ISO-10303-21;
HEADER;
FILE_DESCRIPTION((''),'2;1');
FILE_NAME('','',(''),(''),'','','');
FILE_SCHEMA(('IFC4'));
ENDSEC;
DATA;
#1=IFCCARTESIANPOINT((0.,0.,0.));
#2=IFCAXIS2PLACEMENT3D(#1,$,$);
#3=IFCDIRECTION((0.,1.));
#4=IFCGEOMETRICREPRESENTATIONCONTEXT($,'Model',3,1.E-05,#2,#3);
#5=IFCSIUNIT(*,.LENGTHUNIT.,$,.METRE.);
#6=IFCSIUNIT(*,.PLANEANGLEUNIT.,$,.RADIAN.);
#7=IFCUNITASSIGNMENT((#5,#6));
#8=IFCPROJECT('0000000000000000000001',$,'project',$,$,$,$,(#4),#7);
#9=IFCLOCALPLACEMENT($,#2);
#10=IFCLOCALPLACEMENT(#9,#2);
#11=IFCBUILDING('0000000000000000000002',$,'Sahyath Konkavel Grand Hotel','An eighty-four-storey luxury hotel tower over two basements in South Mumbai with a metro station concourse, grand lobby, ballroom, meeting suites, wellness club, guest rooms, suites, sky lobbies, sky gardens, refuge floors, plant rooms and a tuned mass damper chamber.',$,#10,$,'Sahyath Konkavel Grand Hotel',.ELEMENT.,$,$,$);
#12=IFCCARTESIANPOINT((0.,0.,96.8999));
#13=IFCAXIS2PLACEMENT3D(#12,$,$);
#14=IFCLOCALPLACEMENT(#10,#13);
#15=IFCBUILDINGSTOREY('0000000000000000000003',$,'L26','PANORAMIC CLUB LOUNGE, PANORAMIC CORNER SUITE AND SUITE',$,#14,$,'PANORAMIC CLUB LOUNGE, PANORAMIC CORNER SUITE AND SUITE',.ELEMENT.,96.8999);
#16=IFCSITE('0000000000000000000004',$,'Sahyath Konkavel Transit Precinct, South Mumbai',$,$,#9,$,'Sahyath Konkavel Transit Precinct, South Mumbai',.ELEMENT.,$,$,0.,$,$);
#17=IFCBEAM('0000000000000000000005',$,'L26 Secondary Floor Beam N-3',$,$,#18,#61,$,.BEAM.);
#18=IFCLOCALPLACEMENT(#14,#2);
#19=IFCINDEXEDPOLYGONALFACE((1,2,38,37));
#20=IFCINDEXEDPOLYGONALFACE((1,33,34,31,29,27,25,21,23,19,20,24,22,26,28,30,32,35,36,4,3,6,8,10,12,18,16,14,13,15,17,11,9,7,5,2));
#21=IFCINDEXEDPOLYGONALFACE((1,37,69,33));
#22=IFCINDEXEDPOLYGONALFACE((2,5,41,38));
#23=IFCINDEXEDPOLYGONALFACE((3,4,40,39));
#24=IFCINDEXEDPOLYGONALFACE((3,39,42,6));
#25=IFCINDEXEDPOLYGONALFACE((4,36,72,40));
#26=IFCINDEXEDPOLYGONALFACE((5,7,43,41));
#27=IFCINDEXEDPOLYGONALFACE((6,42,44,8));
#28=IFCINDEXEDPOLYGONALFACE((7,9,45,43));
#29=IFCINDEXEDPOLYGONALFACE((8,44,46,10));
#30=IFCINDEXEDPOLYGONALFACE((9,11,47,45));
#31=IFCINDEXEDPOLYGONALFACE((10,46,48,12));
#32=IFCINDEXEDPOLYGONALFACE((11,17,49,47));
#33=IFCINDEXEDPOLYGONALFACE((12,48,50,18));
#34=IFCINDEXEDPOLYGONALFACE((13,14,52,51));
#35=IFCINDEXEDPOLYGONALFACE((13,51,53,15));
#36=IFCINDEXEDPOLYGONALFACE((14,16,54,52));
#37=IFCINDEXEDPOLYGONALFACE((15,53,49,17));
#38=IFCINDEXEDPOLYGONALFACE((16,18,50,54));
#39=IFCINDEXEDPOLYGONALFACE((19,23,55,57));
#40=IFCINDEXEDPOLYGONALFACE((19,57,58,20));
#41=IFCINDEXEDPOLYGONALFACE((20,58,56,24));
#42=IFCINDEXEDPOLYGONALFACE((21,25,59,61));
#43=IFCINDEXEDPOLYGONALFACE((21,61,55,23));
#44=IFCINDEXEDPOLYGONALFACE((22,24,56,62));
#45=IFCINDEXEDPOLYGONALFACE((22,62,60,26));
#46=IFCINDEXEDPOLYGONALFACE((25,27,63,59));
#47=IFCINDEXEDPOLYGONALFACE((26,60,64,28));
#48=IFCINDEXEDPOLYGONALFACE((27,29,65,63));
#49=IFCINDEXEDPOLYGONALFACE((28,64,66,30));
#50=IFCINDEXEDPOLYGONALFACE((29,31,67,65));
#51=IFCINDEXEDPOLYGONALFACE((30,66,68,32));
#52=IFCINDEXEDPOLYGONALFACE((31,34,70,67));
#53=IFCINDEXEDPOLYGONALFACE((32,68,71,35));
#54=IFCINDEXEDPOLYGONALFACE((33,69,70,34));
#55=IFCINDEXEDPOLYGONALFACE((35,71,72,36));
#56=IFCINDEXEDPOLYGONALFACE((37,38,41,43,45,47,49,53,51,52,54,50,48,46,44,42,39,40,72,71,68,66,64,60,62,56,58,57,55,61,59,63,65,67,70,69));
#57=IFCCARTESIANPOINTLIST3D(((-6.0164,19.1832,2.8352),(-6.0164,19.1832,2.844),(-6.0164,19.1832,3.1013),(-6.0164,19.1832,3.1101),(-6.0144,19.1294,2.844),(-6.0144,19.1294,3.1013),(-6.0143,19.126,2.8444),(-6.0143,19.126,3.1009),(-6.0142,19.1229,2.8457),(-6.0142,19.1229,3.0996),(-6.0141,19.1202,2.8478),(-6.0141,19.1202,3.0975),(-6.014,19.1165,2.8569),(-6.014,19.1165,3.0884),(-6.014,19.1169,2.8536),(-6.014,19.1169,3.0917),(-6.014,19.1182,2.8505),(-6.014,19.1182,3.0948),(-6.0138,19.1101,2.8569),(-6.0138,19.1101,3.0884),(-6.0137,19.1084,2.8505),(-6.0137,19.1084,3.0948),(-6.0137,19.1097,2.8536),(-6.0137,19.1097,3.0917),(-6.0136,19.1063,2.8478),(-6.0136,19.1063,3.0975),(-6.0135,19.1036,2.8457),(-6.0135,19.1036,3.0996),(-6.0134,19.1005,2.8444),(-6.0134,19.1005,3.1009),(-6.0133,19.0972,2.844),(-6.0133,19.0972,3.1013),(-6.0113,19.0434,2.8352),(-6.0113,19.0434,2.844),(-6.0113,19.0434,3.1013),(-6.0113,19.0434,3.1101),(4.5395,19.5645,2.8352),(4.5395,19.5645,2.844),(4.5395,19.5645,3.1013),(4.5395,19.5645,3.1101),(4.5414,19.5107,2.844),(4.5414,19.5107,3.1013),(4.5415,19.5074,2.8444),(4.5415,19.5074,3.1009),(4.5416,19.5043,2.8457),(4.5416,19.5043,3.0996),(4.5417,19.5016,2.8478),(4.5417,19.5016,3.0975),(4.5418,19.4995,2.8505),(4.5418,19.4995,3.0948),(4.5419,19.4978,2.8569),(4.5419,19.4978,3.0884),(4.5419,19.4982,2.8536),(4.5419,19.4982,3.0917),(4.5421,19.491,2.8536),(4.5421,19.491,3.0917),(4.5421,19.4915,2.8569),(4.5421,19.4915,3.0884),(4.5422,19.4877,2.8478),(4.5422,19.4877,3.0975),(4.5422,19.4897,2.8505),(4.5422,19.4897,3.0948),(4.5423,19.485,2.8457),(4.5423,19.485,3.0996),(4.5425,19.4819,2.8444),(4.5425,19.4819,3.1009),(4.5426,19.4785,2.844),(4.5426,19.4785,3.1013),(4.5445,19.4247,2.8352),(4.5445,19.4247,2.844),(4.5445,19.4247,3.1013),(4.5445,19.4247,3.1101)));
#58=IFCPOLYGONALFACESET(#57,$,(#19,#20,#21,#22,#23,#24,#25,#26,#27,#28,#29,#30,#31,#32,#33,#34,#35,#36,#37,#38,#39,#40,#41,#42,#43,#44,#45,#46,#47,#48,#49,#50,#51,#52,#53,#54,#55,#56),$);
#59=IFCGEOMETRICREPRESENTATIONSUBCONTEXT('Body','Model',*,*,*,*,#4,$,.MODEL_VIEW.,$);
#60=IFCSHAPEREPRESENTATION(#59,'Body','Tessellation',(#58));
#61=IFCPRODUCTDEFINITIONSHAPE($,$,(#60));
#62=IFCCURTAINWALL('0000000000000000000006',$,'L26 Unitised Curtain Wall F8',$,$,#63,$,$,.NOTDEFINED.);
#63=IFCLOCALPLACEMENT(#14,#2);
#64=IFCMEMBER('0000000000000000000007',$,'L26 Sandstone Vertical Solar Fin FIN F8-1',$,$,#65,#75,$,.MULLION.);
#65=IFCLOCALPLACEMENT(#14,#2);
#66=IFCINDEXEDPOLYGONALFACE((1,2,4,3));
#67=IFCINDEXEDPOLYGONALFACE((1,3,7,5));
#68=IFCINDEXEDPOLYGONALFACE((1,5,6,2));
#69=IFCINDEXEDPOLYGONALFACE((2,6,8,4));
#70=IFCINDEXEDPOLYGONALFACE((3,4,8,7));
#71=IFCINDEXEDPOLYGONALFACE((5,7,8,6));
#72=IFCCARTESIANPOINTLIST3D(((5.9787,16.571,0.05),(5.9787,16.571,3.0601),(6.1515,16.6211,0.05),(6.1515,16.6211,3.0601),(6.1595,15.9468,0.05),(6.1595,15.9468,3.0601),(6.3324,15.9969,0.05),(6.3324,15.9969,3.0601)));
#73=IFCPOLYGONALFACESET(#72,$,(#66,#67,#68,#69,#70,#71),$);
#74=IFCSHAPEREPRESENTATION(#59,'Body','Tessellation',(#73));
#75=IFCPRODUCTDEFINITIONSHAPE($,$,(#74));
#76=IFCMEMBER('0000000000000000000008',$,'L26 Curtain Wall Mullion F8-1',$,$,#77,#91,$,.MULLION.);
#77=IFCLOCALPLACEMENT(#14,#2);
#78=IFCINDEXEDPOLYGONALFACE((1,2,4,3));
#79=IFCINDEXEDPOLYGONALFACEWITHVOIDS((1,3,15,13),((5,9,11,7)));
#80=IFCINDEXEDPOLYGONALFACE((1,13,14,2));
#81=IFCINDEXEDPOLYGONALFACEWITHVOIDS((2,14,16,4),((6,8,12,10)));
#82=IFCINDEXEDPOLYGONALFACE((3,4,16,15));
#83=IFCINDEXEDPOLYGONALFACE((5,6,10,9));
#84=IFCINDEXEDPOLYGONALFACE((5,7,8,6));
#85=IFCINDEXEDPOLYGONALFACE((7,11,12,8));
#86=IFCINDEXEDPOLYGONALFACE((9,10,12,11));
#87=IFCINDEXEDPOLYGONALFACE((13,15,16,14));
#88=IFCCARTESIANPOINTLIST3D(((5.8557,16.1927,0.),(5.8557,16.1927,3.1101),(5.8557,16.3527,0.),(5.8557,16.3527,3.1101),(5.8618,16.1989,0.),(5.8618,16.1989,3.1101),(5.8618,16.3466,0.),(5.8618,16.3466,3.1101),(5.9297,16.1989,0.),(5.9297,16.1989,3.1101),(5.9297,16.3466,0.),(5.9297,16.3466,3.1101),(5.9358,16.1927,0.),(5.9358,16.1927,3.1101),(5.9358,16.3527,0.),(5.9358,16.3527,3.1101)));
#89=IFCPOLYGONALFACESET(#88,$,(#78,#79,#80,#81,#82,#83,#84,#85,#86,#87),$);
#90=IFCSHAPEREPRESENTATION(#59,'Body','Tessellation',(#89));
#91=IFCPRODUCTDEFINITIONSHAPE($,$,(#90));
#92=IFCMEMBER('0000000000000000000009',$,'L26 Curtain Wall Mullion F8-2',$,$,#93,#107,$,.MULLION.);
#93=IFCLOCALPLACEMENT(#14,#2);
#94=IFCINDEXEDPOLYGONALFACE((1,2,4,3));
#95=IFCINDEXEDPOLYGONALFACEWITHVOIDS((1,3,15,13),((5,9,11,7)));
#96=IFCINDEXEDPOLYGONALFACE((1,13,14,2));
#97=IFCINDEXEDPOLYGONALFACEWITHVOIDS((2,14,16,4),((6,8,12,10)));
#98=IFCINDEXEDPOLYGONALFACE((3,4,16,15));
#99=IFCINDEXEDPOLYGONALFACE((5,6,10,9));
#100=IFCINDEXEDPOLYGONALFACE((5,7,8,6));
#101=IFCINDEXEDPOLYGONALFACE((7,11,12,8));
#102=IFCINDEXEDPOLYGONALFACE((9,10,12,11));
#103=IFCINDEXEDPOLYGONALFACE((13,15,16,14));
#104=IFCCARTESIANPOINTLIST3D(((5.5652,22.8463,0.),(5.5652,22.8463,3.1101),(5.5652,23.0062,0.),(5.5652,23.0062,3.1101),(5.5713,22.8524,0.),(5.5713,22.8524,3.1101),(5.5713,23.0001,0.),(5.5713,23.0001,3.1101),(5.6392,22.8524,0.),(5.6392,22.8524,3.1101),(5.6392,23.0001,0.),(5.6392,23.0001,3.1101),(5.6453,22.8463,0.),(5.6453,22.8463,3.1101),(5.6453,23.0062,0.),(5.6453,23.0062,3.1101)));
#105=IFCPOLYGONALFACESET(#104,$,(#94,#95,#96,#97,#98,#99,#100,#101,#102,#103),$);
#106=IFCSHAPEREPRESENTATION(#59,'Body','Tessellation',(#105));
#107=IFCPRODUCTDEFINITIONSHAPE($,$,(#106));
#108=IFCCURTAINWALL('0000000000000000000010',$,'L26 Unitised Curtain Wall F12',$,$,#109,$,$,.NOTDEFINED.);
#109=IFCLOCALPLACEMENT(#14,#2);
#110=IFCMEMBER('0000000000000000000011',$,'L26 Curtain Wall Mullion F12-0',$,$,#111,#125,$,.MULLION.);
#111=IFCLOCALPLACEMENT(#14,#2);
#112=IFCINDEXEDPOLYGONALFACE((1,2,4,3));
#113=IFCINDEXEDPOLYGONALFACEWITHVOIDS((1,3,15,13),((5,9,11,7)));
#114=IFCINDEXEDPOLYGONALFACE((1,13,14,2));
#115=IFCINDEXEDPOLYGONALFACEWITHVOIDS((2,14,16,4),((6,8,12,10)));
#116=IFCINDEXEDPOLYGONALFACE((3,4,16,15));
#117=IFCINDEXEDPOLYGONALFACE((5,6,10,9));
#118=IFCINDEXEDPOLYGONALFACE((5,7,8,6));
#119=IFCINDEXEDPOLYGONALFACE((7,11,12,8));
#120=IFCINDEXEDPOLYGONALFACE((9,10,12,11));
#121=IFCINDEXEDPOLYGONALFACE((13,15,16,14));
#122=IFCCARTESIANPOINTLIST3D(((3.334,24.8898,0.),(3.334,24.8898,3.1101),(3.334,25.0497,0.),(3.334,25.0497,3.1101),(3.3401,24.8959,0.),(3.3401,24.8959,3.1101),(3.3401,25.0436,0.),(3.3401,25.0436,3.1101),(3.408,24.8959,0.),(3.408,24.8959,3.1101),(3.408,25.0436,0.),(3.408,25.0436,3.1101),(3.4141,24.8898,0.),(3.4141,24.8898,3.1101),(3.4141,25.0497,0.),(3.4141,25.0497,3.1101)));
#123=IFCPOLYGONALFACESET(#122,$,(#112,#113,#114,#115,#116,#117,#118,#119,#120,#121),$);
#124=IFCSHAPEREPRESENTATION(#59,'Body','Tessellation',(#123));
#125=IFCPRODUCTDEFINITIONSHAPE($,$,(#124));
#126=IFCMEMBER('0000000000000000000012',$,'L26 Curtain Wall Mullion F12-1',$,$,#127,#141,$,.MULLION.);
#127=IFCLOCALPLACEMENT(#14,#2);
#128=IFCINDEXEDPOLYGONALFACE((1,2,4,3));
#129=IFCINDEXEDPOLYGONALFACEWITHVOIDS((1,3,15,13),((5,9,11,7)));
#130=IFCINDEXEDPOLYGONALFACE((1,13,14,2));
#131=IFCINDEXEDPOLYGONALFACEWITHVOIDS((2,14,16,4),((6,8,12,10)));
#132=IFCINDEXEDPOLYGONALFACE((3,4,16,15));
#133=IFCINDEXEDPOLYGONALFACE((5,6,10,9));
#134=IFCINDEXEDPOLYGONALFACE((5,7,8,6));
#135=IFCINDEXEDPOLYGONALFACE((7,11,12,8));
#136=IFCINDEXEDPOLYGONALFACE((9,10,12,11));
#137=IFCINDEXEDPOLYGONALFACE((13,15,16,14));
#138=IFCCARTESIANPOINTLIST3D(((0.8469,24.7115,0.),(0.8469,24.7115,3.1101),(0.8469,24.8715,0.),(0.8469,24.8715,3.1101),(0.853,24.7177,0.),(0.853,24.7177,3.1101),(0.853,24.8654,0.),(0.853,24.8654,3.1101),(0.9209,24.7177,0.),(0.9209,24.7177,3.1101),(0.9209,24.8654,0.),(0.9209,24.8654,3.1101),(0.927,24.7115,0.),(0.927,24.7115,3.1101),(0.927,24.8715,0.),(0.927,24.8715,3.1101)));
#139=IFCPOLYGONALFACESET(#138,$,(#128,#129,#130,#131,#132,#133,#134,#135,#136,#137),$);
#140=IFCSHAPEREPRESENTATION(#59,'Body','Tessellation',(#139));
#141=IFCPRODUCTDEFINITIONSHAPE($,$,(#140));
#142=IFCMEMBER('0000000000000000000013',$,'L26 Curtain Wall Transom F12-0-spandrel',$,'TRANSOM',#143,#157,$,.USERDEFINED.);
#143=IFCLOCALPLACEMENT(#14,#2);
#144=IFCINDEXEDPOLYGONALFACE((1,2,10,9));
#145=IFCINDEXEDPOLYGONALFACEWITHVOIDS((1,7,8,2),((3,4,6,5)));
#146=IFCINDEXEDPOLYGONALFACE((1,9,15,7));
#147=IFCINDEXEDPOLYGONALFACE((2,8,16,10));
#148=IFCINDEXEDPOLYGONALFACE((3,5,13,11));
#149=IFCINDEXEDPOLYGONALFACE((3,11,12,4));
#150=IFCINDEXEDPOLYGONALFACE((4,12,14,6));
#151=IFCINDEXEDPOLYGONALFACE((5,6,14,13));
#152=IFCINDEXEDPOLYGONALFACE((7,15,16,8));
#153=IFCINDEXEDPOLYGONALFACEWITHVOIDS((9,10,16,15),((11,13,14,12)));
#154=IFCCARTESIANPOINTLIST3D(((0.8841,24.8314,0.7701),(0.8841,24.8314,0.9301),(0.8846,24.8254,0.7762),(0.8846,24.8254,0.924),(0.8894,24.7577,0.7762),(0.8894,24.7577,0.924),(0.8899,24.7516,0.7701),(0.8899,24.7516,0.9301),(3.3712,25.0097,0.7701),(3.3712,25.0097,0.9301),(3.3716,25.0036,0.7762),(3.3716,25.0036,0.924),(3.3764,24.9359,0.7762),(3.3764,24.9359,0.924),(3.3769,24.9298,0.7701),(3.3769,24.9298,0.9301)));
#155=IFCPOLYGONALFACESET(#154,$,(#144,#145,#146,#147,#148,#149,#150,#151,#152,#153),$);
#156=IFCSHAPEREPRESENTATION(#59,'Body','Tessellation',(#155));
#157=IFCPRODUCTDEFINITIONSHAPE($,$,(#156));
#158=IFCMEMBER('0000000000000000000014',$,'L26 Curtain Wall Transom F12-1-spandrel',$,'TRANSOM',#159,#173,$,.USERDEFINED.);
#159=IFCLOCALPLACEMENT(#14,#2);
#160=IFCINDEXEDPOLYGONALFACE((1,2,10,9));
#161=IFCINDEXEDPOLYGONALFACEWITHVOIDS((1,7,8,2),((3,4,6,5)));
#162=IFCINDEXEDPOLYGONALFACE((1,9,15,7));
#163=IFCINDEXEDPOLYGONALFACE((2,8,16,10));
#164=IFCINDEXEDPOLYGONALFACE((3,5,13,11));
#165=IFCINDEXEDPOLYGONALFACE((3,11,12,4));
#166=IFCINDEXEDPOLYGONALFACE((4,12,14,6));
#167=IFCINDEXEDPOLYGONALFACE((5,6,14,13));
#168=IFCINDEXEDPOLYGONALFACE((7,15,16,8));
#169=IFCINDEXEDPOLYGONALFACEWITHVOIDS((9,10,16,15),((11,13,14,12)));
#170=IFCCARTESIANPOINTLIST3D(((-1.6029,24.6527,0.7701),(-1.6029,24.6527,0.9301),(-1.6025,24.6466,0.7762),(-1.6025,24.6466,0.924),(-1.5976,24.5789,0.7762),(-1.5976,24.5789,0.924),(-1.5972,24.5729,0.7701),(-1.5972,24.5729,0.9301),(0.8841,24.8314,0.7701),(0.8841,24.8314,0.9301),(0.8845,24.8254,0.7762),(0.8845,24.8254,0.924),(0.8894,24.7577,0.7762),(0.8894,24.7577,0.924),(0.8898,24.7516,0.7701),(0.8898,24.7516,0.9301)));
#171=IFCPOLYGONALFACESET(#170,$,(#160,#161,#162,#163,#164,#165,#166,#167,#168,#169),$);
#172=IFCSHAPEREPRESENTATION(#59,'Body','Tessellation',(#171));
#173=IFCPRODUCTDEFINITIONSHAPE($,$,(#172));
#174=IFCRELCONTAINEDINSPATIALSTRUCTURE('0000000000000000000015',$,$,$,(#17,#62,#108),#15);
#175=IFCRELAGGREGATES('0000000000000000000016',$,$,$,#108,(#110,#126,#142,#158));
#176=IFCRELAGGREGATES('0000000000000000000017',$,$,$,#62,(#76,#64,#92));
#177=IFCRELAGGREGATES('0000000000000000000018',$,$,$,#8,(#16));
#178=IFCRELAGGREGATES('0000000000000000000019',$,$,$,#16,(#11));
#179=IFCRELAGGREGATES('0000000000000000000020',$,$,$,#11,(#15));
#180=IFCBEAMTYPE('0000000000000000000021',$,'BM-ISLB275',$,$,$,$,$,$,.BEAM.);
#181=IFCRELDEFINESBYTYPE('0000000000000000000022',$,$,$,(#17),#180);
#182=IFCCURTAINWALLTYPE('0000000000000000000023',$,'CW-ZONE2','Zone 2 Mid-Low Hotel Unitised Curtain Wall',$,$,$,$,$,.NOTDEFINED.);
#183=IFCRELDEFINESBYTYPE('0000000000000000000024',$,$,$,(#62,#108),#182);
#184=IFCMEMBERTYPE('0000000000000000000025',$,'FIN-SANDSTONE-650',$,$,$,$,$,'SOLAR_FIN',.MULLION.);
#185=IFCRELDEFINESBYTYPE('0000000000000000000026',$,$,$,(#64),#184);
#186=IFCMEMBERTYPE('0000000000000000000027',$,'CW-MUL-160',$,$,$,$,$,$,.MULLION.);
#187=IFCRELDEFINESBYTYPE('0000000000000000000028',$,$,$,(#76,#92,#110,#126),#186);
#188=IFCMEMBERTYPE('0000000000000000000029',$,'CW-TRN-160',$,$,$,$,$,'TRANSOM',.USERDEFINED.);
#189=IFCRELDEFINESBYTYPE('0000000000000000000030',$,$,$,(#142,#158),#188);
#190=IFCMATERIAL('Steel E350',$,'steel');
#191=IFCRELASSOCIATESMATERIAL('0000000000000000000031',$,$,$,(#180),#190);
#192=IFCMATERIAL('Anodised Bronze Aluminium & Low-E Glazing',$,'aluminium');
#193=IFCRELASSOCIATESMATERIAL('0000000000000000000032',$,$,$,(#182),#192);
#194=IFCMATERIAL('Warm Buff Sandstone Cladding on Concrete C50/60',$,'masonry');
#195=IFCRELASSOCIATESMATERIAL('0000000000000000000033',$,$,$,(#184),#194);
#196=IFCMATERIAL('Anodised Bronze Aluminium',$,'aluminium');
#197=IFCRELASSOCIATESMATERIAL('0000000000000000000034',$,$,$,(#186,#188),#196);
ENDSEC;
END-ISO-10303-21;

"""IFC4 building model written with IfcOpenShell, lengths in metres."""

from ifc_helpers import new_model, si_unit, direction, frame, origin, origin_2d, place, context, subcontext, project, spatial, rectangle, hollow_rectangle, i_section, extrude, source, transform, mapped, material, material_profile, profile_set, type_object, element, aggregate, save


model = new_model("IFC4")

# Units and contexts
model_context = context("Model", 3, precision=1e-05, world=origin(), true_north=direction((0.0, 1.0)))
body_context = subcontext(model_context, "Body", "Model", "MODEL_VIEW")
ifc_project = project(units=[si_unit("LENGTHUNIT", "METRE"), si_unit("PLANEANGLEUNIT", "RADIAN")], contexts=[model_context])

# Site, building, storey
site_placement = place(None, origin())
site = spatial("IfcSite", under=ifc_project, at=site_placement, Name="Sahyath Konkavel Transit Precinct, South Mumbai", LongName="Sahyath Konkavel Transit Precinct, South Mumbai", CompositionType="ELEMENT", RefElevation=0.0)
building_placement = place(site_placement, origin())
building = spatial("IfcBuilding", under=site, at=building_placement, Name="Sahyath Konkavel Grand Hotel", Description="An eighty-four-storey luxury hotel tower over two basements in South Mumbai with a metro station concourse, grand lobby, ballroom, meeting suites, wellness club, guest rooms, suites, sky lobbies, sky gardens, refuge floors, plant rooms and a tuned mass damper chamber.", LongName="Sahyath Konkavel Grand Hotel", CompositionType="ELEMENT")
storey_placement = place(building_placement, frame((0.0, 0.0, 96.8999)))
storey = spatial("IfcBuildingStorey", under=building, at=storey_placement, Name="L26", Description="PANORAMIC CLUB LOUNGE, PANORAMIC CORNER SUITE AND SUITE", LongName="PANORAMIC CLUB LOUNGE, PANORAMIC CORNER SUITE AND SUITE", CompositionType="ELEMENT", Elevation=96.8999)

# Beam
ifc_material_1 = material(Name="Steel E350", Category="steel")
ifc_material_profile_1 = material_profile(ifc_material_1, i_section(OverallWidth=0.1399, OverallDepth=0.2749, WebThickness=0.0063, FlangeThickness=0.0088, FilletRadius=0.0129, at=origin_2d()), Name="ISLB 275")
ifc_profile_set_1 = profile_set([ifc_material_profile_1], Name="Steel E350")
beam_type_1 = type_object("IfcBeamType", Name="BM-ISLB275", PredefinedType="BEAM", material=ifc_profile_set_1)
shared_shape_1 = source(origin(), body_context, "Body", "SweptSolid", [
    extrude(i_section(OverallWidth=0.1399, OverallDepth=0.2749, WebThickness=0.0063, FlangeThickness=0.0088, FilletRadius=0.0129, at=origin_2d()), origin(), (0.0, 0.0, 1.0), 10.5627),
])
beam_1_placement = place(storey_placement, frame((4.542, 19.4946, 2.9727), z_axis=(-0.999348, -0.036103, 0.0), x_axis=(0.036103, -0.999348, 0.0)))
element("IfcBeam", 1, at=beam_1_placement, inside=storey, type_object=beam_type_1, Name="L26 Secondary Floor Beam N-3", PredefinedType="BEAM", context=body_context, shape_type="MappedRepresentation", body=[
    mapped(shared_shape_1, transform((0.0, 0.0, 0.0), scale=1.0)),
])

# Curtain walls, members
ifc_material_2 = material(Name="Anodised Bronze Aluminium & Low-E Glazing", Category="aluminium")
curtain_wall_type = type_object("IfcCurtainWallType", Name="CW-ZONE2", Description="Zone 2 Mid-Low Hotel Unitised Curtain Wall", PredefinedType="NOTDEFINED", material=ifc_material_2)
curtain_wall_1_placement = place(storey_placement, origin())
curtain_wall_1 = element("IfcCurtainWall", 2, at=curtain_wall_1_placement, inside=storey, type_object=curtain_wall_type, Name="L26 Unitised Curtain Wall F8", PredefinedType="NOTDEFINED")
ifc_material_3 = material(Name="Warm Buff Sandstone Cladding on Concrete C50/60", Category="masonry")
ifc_material_profile_2 = material_profile(ifc_material_3, rectangle(XDim=0.1799, YDim=0.6499, at=origin_2d()), Name="FIN 180x650")
ifc_profile_set_2 = profile_set([ifc_material_profile_2], Name="Warm Buff Sandstone Cladding on Concrete C50/60")
member_type_1 = type_object("IfcMemberType", Name="FIN-SANDSTONE-650", ElementType="SOLAR_FIN", PredefinedType="MULLION", material=ifc_profile_set_2)
shared_shape_2 = source(origin(), body_context, "Body", "SweptSolid", [
    extrude(rectangle(XDim=0.1799, YDim=0.6499, at=origin_2d()), origin(), (0.0, 0.0, 1.0), 3.01),
])
member_1_placement = place(storey_placement, frame((6.1555, 16.2839, 0.05), z_axis=(0.0, 0.0, 1.0), x_axis=(0.960488, 0.278321, 0.0)))
member_1 = element("IfcMember", 3, at=member_1_placement, type_object=member_type_1, Name="L26 Sandstone Vertical Solar Fin FIN F8-1", PredefinedType="MULLION", context=body_context, shape_type="MappedRepresentation", body=[
    mapped(shared_shape_2, transform((0.0, 0.0, 0.0), scale=1.0)),
])
ifc_material_4 = material(Name="Anodised Bronze Aluminium", Category="aluminium")
ifc_material_profile_3 = material_profile(ifc_material_4, hollow_rectangle(XDim=0.0801, YDim=0.1599, WallThickness=0.0061, at=origin_2d()), Name="RHS 160x80x6")
ifc_profile_set_3 = profile_set([ifc_material_profile_3], Name="Anodised Bronze Aluminium")
member_type_2 = type_object("IfcMemberType", Name="CW-MUL-160", PredefinedType="MULLION", material=ifc_profile_set_3)
shared_shape_3 = source(origin(), body_context, "Body", "SweptSolid", [
    extrude(hollow_rectangle(XDim=0.0801, YDim=0.1599, WallThickness=0.0061, at=origin_2d()), origin(), (0.0, 0.0, 1.0), 3.1101),
])
member_2_placement = place(storey_placement, frame((5.8958, 16.2727, 0.0), z_axis=(0.0, 0.0, 1.0), x_axis=(1.0, 0.0, 0.0)))
member_2 = element("IfcMember", 4, at=member_2_placement, type_object=member_type_2, Name="L26 Curtain Wall Mullion F8-1", PredefinedType="MULLION", context=body_context, shape_type="MappedRepresentation", body=[
    mapped(shared_shape_3, transform((0.0, 0.0, 0.0), scale=1.0)),
])
member_3_placement = place(storey_placement, frame((5.6052, 22.9263, 0.0), z_axis=(0.0, 0.0, 1.0), x_axis=(1.0, 0.0, 0.0)))
member_3 = element("IfcMember", 5, at=member_3_placement, type_object=member_type_2, Name="L26 Curtain Wall Mullion F8-2", PredefinedType="MULLION", context=body_context, shape_type="MappedRepresentation", body=[
    mapped(shared_shape_3, transform((0.0, 0.0, 0.0), scale=1.0)),
])
curtain_wall_2_placement = place(storey_placement, origin())
curtain_wall_2 = element("IfcCurtainWall", 6, at=curtain_wall_2_placement, inside=storey, type_object=curtain_wall_type, Name="L26 Unitised Curtain Wall F12", PredefinedType="NOTDEFINED")
member_4_placement = place(storey_placement, frame((3.374, 24.9697, 0.0), z_axis=(0.0, 0.0, 1.0), x_axis=(1.0, 0.0, 0.0)))
member_4 = element("IfcMember", 7, at=member_4_placement, type_object=member_type_2, Name="L26 Curtain Wall Mullion F12-0", PredefinedType="MULLION", context=body_context, shape_type="MappedRepresentation", body=[
    mapped(shared_shape_3, transform((0.0, 0.0, 0.0), scale=1.0)),
])
member_5_placement = place(storey_placement, frame((0.887, 24.7915, 0.0), z_axis=(0.0, 0.0, 1.0), x_axis=(1.0, 0.0, 0.0)))
member_5 = element("IfcMember", 8, at=member_5_placement, type_object=member_type_2, Name="L26 Curtain Wall Mullion F12-1", PredefinedType="MULLION", context=body_context, shape_type="MappedRepresentation", body=[
    mapped(shared_shape_3, transform((0.0, 0.0, 0.0), scale=1.0)),
])
ifc_material_profile_4 = material_profile(ifc_material_4, hollow_rectangle(XDim=0.0801, YDim=0.1599, WallThickness=0.0061, at=origin_2d()), Name="RHS 160x80x6")
ifc_profile_set_4 = profile_set([ifc_material_profile_4], Name="Anodised Bronze Aluminium")
member_type_3 = type_object("IfcMemberType", Name="CW-TRN-160", ElementType="TRANSOM", PredefinedType="USERDEFINED", material=ifc_profile_set_4)
shared_shape_4 = source(origin(), body_context, "Body", "SweptSolid", [
    extrude(hollow_rectangle(XDim=0.0801, YDim=0.1599, WallThickness=0.0061, at=origin_2d()), origin(), (0.0, 0.0, 1.0), 2.4934),
])
member_6_placement = place(storey_placement, frame((3.374, 24.9697, 0.8501), z_axis=(-0.997442, -0.071477, 0.0), x_axis=(0.071477, -0.997442, 0.0)))
member_6 = element("IfcMember", 9, at=member_6_placement, type_object=member_type_3, Name="L26 Curtain Wall Transom F12-0-spandrel", ObjectType="TRANSOM", PredefinedType="USERDEFINED", context=body_context, shape_type="MappedRepresentation", body=[
    mapped(shared_shape_4, transform((0.0, 0.0, 0.0), scale=1.0)),
])
member_7_placement = place(storey_placement, frame((0.887, 24.7915, 0.8501), z_axis=(-0.997428, -0.071671, 0.0), x_axis=(0.071671, -0.997428, 0.0)))
member_7 = element("IfcMember", 10, at=member_7_placement, type_object=member_type_3, Name="L26 Curtain Wall Transom F12-1-spandrel", ObjectType="TRANSOM", PredefinedType="USERDEFINED", context=body_context, shape_type="MappedRepresentation", body=[
    mapped(shared_shape_4, transform((0.0, 0.0, 0.0), scale=1.0)),
])

aggregate(curtain_wall_2, [member_4, member_5, member_6, member_7])
aggregate(curtain_wall_1, [member_2, member_1, member_3])

save(model, "model.ifc")
